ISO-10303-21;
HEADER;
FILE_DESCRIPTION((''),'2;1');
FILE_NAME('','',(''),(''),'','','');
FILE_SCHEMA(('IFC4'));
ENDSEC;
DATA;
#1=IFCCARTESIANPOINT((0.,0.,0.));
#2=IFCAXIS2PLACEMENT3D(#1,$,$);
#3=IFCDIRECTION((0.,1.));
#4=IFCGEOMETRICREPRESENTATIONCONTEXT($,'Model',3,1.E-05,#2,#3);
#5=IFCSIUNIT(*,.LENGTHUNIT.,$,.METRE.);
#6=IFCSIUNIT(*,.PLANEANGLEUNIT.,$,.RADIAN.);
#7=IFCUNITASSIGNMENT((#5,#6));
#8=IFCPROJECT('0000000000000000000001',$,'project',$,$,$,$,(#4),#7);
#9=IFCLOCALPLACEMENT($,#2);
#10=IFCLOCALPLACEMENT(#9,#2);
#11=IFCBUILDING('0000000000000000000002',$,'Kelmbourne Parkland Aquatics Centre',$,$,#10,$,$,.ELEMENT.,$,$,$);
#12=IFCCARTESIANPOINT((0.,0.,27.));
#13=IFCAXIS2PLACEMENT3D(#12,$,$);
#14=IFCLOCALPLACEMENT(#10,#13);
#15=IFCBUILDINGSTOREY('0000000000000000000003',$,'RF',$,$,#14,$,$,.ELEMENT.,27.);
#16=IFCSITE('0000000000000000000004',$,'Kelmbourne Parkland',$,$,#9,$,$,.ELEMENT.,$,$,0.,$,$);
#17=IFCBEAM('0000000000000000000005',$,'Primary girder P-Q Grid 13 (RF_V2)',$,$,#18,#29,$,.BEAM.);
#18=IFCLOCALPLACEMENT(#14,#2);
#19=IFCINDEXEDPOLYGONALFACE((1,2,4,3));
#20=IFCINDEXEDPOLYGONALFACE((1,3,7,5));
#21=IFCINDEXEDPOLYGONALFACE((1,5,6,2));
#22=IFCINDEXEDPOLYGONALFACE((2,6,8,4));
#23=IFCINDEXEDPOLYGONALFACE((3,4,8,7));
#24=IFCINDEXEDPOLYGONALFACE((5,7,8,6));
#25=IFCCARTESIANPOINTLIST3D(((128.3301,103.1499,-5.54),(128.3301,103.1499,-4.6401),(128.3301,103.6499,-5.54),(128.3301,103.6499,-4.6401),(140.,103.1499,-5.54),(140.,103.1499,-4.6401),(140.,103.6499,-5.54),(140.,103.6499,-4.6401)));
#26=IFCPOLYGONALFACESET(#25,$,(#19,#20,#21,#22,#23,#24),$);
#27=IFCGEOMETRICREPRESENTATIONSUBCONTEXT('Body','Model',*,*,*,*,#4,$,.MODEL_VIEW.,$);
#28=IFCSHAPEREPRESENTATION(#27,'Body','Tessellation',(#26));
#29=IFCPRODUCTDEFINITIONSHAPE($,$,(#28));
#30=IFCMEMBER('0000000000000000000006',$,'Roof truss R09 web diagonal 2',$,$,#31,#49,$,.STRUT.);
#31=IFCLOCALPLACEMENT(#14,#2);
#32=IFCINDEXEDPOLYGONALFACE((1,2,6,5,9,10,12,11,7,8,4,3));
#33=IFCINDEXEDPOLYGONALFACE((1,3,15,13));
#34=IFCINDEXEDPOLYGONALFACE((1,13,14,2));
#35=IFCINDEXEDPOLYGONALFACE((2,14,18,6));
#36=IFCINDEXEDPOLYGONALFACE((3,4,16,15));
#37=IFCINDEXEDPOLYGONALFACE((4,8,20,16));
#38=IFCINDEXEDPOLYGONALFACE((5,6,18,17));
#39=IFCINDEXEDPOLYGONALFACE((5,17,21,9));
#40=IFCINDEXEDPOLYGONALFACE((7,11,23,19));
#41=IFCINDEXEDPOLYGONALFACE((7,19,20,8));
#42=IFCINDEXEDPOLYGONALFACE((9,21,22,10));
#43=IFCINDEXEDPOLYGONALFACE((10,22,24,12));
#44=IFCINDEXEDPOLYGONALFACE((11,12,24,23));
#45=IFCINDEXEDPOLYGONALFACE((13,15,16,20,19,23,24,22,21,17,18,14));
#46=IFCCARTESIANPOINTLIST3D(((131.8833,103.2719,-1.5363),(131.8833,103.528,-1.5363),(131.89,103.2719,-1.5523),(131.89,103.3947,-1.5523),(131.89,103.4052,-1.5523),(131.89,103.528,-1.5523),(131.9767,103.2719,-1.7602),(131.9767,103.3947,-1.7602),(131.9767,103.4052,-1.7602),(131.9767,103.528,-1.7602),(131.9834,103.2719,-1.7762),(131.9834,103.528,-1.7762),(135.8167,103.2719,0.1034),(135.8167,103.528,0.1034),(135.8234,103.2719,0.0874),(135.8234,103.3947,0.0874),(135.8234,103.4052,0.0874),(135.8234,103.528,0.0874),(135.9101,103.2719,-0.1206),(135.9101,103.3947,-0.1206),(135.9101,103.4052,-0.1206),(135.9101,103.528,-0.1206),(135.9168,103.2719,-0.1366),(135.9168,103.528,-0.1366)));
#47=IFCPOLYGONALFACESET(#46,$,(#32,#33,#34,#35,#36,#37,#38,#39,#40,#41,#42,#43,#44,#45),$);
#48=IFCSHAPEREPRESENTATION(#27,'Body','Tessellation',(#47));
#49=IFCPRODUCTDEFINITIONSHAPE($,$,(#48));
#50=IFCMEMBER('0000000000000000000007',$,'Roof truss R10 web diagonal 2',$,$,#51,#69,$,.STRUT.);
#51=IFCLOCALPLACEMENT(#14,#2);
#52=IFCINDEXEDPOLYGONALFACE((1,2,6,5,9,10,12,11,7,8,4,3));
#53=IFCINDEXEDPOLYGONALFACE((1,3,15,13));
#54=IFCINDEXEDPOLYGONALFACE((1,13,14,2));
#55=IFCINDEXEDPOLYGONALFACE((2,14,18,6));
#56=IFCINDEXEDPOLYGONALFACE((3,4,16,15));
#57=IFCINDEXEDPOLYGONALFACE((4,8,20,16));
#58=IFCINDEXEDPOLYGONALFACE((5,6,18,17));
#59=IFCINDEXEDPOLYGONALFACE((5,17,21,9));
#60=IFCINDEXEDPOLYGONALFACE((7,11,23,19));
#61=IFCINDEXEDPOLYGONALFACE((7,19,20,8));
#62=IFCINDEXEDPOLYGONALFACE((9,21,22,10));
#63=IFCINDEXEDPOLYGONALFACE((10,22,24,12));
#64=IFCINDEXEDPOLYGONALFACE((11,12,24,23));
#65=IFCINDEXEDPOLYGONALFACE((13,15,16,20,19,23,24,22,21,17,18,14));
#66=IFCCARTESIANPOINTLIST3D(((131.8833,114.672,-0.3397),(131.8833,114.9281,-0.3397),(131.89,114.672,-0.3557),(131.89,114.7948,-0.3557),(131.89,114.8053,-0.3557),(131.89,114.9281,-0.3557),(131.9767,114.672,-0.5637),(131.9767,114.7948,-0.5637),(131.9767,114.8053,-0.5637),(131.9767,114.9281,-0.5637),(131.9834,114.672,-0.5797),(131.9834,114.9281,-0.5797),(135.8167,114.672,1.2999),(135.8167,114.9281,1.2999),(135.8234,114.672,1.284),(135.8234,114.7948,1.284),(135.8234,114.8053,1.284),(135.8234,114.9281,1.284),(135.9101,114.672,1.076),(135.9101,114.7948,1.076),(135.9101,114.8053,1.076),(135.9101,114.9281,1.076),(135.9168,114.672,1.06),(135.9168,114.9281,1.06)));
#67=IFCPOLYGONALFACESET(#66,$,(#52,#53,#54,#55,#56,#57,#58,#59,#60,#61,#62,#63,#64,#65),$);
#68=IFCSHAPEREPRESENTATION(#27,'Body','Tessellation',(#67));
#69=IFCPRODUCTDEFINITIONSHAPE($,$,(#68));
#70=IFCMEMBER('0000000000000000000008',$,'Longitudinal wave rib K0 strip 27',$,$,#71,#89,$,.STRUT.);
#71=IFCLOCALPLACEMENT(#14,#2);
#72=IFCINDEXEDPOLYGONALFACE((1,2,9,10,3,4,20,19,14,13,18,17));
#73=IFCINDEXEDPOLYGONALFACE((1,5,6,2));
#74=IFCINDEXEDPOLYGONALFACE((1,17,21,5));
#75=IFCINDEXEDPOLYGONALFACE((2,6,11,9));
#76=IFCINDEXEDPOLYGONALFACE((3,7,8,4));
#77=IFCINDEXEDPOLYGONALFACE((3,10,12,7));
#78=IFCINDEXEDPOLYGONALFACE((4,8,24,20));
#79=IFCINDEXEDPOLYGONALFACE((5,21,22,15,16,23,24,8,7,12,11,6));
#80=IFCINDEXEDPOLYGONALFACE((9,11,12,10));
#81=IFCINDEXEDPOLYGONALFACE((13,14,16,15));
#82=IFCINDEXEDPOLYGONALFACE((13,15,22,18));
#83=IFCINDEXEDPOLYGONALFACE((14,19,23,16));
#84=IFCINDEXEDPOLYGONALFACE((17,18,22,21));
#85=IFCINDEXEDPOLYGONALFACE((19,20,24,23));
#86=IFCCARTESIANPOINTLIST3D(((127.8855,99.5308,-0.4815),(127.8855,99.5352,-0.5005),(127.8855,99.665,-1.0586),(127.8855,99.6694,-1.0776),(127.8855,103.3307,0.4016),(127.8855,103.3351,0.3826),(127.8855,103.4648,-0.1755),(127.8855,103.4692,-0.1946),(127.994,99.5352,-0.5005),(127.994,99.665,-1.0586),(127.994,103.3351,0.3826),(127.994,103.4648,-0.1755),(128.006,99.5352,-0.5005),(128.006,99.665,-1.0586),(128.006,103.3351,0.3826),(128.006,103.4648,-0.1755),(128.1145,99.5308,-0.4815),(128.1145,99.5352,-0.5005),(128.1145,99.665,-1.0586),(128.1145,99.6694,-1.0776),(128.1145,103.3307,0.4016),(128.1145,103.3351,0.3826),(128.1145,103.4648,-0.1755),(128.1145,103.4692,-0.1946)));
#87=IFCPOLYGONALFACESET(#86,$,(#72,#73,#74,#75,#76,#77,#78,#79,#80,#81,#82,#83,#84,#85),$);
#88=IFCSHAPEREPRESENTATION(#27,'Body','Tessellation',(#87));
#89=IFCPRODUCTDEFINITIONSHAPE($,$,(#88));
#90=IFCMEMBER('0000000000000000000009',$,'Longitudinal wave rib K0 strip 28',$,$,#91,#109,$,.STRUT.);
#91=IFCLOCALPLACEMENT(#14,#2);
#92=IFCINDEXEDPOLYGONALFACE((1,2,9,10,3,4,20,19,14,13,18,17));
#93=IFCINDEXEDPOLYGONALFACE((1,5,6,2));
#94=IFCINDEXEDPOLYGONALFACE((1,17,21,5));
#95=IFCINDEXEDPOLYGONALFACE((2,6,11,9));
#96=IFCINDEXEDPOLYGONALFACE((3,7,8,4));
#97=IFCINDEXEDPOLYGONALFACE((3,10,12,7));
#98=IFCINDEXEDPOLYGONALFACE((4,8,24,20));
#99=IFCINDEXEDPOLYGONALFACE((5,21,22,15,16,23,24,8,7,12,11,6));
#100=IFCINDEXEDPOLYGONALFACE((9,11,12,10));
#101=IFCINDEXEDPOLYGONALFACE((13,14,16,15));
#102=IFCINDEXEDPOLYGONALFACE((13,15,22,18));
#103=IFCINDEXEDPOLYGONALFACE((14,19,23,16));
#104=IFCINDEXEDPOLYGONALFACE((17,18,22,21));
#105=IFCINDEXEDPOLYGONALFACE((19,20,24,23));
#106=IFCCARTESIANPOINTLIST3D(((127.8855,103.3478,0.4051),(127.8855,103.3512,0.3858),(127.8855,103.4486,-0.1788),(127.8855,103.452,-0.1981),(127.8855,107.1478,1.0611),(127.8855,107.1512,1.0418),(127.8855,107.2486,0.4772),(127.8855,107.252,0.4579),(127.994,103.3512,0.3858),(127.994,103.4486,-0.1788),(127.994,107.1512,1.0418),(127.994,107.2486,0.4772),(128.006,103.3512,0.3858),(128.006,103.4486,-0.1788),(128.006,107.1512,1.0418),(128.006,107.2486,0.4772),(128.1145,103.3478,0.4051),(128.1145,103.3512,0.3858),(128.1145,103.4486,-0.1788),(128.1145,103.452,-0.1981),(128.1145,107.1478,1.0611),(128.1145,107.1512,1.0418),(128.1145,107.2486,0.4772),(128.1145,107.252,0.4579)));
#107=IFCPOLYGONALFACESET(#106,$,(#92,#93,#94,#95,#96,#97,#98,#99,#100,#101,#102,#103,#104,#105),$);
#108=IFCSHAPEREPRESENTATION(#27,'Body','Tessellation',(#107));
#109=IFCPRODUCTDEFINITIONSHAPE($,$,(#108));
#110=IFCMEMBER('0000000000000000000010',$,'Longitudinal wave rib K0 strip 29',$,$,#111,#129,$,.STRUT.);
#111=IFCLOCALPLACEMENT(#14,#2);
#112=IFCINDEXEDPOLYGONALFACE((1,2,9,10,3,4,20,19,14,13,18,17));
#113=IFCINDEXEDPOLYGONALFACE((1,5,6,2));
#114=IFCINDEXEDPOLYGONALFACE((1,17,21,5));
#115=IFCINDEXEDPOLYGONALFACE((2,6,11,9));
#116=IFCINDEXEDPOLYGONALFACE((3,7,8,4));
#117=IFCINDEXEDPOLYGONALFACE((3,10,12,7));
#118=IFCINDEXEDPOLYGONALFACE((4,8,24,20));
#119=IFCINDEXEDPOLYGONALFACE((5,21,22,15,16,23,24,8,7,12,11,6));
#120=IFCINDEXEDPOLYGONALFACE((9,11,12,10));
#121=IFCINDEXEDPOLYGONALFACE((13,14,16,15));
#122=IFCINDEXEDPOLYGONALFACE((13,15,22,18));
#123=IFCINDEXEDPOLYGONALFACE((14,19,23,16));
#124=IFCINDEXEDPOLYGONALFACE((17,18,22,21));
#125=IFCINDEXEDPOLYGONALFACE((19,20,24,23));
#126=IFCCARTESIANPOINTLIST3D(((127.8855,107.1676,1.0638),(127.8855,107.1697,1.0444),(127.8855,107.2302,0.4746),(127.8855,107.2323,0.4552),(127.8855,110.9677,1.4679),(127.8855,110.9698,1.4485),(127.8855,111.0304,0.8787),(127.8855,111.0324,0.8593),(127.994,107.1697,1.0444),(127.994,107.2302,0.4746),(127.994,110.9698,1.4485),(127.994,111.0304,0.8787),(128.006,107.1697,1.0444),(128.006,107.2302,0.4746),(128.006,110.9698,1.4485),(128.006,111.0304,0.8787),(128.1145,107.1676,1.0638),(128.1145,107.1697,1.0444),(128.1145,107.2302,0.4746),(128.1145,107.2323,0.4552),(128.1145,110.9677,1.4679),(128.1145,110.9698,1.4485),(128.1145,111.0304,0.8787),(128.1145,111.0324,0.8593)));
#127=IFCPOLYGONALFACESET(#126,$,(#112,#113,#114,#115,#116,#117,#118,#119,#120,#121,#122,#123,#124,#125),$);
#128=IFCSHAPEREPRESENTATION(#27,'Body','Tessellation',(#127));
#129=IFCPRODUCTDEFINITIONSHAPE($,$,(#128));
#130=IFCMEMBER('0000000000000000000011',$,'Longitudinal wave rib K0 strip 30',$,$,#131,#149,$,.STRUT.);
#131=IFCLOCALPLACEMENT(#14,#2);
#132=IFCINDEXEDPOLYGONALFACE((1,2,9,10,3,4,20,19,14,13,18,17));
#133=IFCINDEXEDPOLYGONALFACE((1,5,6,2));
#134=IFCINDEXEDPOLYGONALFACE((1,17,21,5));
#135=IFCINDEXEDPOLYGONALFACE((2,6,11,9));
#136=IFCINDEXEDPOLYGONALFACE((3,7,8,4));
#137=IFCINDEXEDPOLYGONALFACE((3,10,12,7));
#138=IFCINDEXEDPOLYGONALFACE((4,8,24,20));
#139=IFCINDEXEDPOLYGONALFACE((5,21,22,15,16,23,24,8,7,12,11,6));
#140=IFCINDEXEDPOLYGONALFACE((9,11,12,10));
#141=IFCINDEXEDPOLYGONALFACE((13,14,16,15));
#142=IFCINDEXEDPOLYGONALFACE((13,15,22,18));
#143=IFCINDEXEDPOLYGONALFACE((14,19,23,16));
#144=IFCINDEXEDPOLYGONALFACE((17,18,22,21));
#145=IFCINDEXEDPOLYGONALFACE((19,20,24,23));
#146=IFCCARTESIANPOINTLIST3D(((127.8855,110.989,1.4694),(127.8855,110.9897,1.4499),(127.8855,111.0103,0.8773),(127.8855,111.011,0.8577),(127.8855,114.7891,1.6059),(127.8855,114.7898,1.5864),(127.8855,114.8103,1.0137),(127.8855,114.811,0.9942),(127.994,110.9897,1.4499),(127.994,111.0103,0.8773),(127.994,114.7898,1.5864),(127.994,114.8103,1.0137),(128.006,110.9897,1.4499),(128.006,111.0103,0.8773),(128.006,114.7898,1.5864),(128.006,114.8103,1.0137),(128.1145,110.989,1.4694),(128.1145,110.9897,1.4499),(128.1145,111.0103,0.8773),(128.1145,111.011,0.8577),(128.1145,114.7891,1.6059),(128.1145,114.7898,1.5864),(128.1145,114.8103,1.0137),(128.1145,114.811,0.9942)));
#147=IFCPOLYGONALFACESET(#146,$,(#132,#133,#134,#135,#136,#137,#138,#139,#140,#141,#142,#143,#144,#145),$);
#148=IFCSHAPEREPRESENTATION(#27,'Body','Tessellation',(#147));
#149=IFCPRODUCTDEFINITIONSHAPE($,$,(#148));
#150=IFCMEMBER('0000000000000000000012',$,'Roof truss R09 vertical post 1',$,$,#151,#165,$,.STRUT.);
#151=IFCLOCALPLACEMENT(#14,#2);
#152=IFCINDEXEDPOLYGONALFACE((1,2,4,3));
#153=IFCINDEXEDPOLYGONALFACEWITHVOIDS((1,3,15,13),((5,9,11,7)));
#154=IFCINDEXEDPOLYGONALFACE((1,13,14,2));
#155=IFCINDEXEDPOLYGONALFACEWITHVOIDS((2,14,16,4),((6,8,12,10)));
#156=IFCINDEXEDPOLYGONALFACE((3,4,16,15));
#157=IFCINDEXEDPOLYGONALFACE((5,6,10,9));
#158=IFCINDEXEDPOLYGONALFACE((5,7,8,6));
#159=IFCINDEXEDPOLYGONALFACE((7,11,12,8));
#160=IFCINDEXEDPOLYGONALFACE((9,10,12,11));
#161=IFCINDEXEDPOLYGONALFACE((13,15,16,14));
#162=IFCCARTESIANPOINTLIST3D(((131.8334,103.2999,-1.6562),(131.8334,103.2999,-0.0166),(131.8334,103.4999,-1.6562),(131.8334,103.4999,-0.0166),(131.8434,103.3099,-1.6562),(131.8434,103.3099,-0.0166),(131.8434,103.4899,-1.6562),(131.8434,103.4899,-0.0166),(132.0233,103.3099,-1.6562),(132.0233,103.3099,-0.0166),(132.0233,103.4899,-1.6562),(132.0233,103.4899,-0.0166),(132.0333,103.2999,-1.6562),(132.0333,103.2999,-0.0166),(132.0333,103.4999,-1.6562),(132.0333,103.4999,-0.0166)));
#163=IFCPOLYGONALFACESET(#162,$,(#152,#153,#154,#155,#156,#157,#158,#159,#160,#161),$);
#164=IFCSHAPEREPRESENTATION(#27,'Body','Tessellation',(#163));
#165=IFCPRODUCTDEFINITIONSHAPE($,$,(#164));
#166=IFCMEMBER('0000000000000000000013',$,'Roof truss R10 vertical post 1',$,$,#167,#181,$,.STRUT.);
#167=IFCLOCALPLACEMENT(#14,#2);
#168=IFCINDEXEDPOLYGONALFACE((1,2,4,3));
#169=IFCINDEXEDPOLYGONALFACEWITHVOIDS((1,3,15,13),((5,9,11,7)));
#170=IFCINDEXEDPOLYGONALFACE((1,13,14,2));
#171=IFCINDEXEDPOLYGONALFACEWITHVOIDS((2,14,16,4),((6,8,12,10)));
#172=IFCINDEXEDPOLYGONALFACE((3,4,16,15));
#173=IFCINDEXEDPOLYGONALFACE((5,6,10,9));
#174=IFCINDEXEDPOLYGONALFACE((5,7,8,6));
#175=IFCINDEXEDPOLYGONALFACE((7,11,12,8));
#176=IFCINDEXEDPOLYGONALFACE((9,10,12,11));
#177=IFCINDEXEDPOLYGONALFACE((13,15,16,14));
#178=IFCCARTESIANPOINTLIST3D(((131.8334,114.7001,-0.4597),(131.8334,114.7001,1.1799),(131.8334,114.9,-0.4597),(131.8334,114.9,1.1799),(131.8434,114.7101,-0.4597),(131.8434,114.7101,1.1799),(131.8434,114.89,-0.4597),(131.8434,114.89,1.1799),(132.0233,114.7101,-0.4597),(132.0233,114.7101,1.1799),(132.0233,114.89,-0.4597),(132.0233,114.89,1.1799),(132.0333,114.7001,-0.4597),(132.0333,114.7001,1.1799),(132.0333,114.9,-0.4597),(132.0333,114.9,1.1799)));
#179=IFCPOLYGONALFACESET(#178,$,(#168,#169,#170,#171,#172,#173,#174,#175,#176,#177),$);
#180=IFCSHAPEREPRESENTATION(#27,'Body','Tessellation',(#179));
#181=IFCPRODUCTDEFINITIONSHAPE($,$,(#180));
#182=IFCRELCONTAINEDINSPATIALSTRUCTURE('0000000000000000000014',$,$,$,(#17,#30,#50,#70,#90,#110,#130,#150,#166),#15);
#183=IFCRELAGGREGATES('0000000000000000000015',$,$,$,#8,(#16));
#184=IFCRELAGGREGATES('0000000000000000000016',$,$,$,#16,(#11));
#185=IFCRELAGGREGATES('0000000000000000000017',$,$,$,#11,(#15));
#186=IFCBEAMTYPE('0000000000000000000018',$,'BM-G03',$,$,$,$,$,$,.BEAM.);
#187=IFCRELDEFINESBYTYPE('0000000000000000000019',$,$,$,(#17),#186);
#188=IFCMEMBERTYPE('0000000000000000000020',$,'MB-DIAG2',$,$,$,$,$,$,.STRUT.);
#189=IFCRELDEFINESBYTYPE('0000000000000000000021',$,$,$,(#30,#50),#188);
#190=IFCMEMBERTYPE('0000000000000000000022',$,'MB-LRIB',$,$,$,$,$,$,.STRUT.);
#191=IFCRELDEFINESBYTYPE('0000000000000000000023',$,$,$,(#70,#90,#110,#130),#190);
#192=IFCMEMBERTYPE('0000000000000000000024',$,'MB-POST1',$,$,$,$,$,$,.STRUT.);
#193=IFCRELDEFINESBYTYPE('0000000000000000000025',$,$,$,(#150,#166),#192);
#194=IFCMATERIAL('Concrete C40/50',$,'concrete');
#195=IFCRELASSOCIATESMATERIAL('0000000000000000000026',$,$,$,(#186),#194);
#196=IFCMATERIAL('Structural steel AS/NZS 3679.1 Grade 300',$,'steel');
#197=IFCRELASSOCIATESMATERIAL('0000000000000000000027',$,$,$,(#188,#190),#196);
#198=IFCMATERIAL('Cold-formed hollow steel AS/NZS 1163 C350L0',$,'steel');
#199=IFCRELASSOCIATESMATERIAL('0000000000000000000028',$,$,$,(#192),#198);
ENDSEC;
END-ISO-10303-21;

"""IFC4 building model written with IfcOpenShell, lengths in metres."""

from ifc_helpers import new_model, si_unit, direction, frame, origin, origin_2d, place, context, subcontext, project, spatial, rectangle, hollow_rectangle, i_section, extrude, material, material_profile, profile_set, type_object, element, save


model = new_model("IFC4")

# Units and contexts
model_context = context("Model", 3, precision=1e-05, world=origin(), true_north=direction((0.0, 1.0)))
body_context = subcontext(model_context, "Body", "Model", "MODEL_VIEW")
ifc_project = project(units=[si_unit("LENGTHUNIT", "METRE"), si_unit("PLANEANGLEUNIT", "RADIAN")], contexts=[model_context])

# Site, building, storey
site_placement = place(None, origin())
site = spatial("IfcSite", under=ifc_project, at=site_placement, Name="Kelmbourne Parkland", CompositionType="ELEMENT", RefElevation=0.0)
building_placement = place(site_placement, origin())
building = spatial("IfcBuilding", under=site, at=building_placement, Name="Kelmbourne Parkland Aquatics Centre", CompositionType="ELEMENT")
storey_placement = place(building_placement, frame((0.0, 0.0, 27.0)))
storey = spatial("IfcBuildingStorey", under=building, at=storey_placement, Name="RF", CompositionType="ELEMENT", Elevation=27.0)

# Beam
ifc_material_1 = material(Name="Concrete C40/50", Category="concrete")
ifc_material_profile_1 = material_profile(ifc_material_1, rectangle(XDim=0.5, YDim=0.8999, at=origin_2d()), Name="RC 500x900")
ifc_profile_set_1 = profile_set([ifc_material_profile_1], Name="Concrete C40/50")
beam_type_1 = type_object("IfcBeamType", Name="BM-G03", PredefinedType="BEAM", material=ifc_profile_set_1)
beam_1_placement = place(storey_placement, frame((128.3301, 103.3999, -5.0901), z_axis=(1.0, 0.0, 0.0), x_axis=(0.0, 1.0, 0.0)))
element("IfcBeam", 1, at=beam_1_placement, inside=storey, type_object=beam_type_1, Name="Primary girder P-Q Grid 13 (RF_V2)", PredefinedType="BEAM", context=body_context, shape_type="SweptSolid", body=[
    extrude(rectangle(XDim=0.5, YDim=0.8999, at=origin_2d()), origin(), (0.0, 0.0, 1.0), 11.6699),
])

# Members
ifc_material_2 = material(Name="Structural steel AS/NZS 3679.1 Grade 300", Category="steel")
ifc_material_profile_2 = material_profile(ifc_material_2, i_section(OverallWidth=0.2561, OverallDepth=0.26, WebThickness=0.0105, FlangeThickness=0.0173, at=origin_2d()), Name="250UC89.5")
ifc_profile_set_2 = profile_set([ifc_material_profile_2], Name="Structural steel AS/NZS 3679.1 Grade 300")
member_type_1 = type_object("IfcMemberType", Name="MB-DIAG2", PredefinedType="STRUT", material=ifc_profile_set_2)
for number, where, z_axis, x_axis, name in (
    (2, (131.9333, 103.3999, -1.6562), (0.923014, 0.0, 0.384766), (0.0, 1.0, 0.0), "Roof truss R09 web diagonal 2"),
    (3, (131.9333, 114.8, -0.4597), (0.923014, 0.0, 0.384766), (0.0, 1.0, 0.0), "Roof truss R10 web diagonal 2"),
):
    element("IfcMember", number, at=place(storey_placement, frame(where, z_axis=z_axis, x_axis=x_axis)), inside=storey, type_object=member_type_1, Name=name, PredefinedType="STRUT", context=body_context, shape_type="SweptSolid", body=[
        extrude(i_section(OverallWidth=0.2561, OverallDepth=0.26, WebThickness=0.0105, FlangeThickness=0.0173, at=origin_2d()), origin(), (0.0, 0.0, 1.0), 4.2615),
    ])
ifc_material_profile_3 = material_profile(ifc_material_2, i_section(OverallWidth=0.229, OverallDepth=0.6121, WebThickness=0.012, FlangeThickness=0.0195, at=origin_2d()), Name="610UB125")
ifc_profile_set_3 = profile_set([ifc_material_profile_3], Name="Structural steel AS/NZS 3679.1 Grade 300")
member_type_2 = type_object("IfcMemberType", Name="MB-LRIB", PredefinedType="STRUT", material=ifc_profile_set_3)
member_1_placement = place(storey_placement, frame((128.0, 99.6001, -0.7795), z_axis=(0.0, 0.974043, 0.226363), x_axis=(-1.0, 0.0, 0.0)))
element("IfcMember", 4, at=member_1_placement, inside=storey, type_object=member_type_2, Name="Longitudinal wave rib K0 strip 27", PredefinedType="STRUT", context=body_context, shape_type="SweptSolid", body=[
    extrude(i_section(OverallWidth=0.229, OverallDepth=0.6121, WebThickness=0.012, FlangeThickness=0.0195, at=origin_2d()), origin(), (0.0, 0.0, 1.0), 3.9011),
])
member_2_placement = place(storey_placement, frame((128.0, 103.3999, 0.1035), z_axis=(0.0, 0.985424, 0.170115), x_axis=(-1.0, 0.0, 0.0)))
element("IfcMember", 5, at=member_2_placement, inside=storey, type_object=member_type_2, Name="Longitudinal wave rib K0 strip 28", PredefinedType="STRUT", context=body_context, shape_type="SweptSolid", body=[
    extrude(i_section(OverallWidth=0.229, OverallDepth=0.6121, WebThickness=0.012, FlangeThickness=0.0195, at=origin_2d()), origin(), (0.0, 0.0, 1.0), 3.8562),
])
member_3_placement = place(storey_placement, frame((128.0, 107.2, 0.7595), z_axis=(0.0, 0.994395, 0.105732), x_axis=(-1.0, 0.0, 0.0)))
element("IfcMember", 6, at=member_3_placement, inside=storey, type_object=member_type_2, Name="Longitudinal wave rib K0 strip 29", PredefinedType="STRUT", context=body_context, shape_type="SweptSolid", body=[
    extrude(i_section(OverallWidth=0.229, OverallDepth=0.6121, WebThickness=0.012, FlangeThickness=0.0195, at=origin_2d()), origin(), (0.0, 0.0, 1.0), 3.8215),
])
member_4_placement = place(storey_placement, frame((128.0, 111.0, 1.1636), z_axis=(0.0, 0.999356, 0.035891), x_axis=(-1.0, 0.0, 0.0)))
element("IfcMember", 7, at=member_4_placement, inside=storey, type_object=member_type_2, Name="Longitudinal wave rib K0 strip 30", PredefinedType="STRUT", context=body_context, shape_type="SweptSolid", body=[
    extrude(i_section(OverallWidth=0.229, OverallDepth=0.6121, WebThickness=0.012, FlangeThickness=0.0195, at=origin_2d()), origin(), (0.0, 0.0, 1.0), 3.8025),
])
ifc_material_3 = material(Name="Cold-formed hollow steel AS/NZS 1163 C350L0", Category="steel")
ifc_material_profile_4 = material_profile(ifc_material_3, hollow_rectangle(XDim=0.2, YDim=0.2, WallThickness=0.01, at=origin_2d()), Name="SHS 200x200x10.0")
ifc_profile_set_4 = profile_set([ifc_material_profile_4], Name="Cold-formed hollow steel AS/NZS 1163 C350L0")
member_type_3 = type_object("IfcMemberType", Name="MB-POST1", PredefinedType="STRUT", material=ifc_profile_set_4)
for number, where, z_axis, x_axis, name in (
    (8, (131.9333, 103.3999, -1.6562), (0.0, 0.0, 1.0), (1.0, 0.0, 0.0), "Roof truss R09 vertical post 1"),
    (9, (131.9333, 114.8, -0.4597), (0.0, 0.0, 1.0), (1.0, 0.0, 0.0), "Roof truss R10 vertical post 1"),
):
    element("IfcMember", number, at=place(storey_placement, frame(where, z_axis=z_axis, x_axis=x_axis)), inside=storey, type_object=member_type_3, Name=name, PredefinedType="STRUT", context=body_context, shape_type="SweptSolid", body=[
        extrude(hollow_rectangle(XDim=0.2, YDim=0.2, WallThickness=0.01, at=origin_2d()), origin(), (0.0, 0.0, 1.0), 1.6396),
    ])

save(model, "model.ifc")
